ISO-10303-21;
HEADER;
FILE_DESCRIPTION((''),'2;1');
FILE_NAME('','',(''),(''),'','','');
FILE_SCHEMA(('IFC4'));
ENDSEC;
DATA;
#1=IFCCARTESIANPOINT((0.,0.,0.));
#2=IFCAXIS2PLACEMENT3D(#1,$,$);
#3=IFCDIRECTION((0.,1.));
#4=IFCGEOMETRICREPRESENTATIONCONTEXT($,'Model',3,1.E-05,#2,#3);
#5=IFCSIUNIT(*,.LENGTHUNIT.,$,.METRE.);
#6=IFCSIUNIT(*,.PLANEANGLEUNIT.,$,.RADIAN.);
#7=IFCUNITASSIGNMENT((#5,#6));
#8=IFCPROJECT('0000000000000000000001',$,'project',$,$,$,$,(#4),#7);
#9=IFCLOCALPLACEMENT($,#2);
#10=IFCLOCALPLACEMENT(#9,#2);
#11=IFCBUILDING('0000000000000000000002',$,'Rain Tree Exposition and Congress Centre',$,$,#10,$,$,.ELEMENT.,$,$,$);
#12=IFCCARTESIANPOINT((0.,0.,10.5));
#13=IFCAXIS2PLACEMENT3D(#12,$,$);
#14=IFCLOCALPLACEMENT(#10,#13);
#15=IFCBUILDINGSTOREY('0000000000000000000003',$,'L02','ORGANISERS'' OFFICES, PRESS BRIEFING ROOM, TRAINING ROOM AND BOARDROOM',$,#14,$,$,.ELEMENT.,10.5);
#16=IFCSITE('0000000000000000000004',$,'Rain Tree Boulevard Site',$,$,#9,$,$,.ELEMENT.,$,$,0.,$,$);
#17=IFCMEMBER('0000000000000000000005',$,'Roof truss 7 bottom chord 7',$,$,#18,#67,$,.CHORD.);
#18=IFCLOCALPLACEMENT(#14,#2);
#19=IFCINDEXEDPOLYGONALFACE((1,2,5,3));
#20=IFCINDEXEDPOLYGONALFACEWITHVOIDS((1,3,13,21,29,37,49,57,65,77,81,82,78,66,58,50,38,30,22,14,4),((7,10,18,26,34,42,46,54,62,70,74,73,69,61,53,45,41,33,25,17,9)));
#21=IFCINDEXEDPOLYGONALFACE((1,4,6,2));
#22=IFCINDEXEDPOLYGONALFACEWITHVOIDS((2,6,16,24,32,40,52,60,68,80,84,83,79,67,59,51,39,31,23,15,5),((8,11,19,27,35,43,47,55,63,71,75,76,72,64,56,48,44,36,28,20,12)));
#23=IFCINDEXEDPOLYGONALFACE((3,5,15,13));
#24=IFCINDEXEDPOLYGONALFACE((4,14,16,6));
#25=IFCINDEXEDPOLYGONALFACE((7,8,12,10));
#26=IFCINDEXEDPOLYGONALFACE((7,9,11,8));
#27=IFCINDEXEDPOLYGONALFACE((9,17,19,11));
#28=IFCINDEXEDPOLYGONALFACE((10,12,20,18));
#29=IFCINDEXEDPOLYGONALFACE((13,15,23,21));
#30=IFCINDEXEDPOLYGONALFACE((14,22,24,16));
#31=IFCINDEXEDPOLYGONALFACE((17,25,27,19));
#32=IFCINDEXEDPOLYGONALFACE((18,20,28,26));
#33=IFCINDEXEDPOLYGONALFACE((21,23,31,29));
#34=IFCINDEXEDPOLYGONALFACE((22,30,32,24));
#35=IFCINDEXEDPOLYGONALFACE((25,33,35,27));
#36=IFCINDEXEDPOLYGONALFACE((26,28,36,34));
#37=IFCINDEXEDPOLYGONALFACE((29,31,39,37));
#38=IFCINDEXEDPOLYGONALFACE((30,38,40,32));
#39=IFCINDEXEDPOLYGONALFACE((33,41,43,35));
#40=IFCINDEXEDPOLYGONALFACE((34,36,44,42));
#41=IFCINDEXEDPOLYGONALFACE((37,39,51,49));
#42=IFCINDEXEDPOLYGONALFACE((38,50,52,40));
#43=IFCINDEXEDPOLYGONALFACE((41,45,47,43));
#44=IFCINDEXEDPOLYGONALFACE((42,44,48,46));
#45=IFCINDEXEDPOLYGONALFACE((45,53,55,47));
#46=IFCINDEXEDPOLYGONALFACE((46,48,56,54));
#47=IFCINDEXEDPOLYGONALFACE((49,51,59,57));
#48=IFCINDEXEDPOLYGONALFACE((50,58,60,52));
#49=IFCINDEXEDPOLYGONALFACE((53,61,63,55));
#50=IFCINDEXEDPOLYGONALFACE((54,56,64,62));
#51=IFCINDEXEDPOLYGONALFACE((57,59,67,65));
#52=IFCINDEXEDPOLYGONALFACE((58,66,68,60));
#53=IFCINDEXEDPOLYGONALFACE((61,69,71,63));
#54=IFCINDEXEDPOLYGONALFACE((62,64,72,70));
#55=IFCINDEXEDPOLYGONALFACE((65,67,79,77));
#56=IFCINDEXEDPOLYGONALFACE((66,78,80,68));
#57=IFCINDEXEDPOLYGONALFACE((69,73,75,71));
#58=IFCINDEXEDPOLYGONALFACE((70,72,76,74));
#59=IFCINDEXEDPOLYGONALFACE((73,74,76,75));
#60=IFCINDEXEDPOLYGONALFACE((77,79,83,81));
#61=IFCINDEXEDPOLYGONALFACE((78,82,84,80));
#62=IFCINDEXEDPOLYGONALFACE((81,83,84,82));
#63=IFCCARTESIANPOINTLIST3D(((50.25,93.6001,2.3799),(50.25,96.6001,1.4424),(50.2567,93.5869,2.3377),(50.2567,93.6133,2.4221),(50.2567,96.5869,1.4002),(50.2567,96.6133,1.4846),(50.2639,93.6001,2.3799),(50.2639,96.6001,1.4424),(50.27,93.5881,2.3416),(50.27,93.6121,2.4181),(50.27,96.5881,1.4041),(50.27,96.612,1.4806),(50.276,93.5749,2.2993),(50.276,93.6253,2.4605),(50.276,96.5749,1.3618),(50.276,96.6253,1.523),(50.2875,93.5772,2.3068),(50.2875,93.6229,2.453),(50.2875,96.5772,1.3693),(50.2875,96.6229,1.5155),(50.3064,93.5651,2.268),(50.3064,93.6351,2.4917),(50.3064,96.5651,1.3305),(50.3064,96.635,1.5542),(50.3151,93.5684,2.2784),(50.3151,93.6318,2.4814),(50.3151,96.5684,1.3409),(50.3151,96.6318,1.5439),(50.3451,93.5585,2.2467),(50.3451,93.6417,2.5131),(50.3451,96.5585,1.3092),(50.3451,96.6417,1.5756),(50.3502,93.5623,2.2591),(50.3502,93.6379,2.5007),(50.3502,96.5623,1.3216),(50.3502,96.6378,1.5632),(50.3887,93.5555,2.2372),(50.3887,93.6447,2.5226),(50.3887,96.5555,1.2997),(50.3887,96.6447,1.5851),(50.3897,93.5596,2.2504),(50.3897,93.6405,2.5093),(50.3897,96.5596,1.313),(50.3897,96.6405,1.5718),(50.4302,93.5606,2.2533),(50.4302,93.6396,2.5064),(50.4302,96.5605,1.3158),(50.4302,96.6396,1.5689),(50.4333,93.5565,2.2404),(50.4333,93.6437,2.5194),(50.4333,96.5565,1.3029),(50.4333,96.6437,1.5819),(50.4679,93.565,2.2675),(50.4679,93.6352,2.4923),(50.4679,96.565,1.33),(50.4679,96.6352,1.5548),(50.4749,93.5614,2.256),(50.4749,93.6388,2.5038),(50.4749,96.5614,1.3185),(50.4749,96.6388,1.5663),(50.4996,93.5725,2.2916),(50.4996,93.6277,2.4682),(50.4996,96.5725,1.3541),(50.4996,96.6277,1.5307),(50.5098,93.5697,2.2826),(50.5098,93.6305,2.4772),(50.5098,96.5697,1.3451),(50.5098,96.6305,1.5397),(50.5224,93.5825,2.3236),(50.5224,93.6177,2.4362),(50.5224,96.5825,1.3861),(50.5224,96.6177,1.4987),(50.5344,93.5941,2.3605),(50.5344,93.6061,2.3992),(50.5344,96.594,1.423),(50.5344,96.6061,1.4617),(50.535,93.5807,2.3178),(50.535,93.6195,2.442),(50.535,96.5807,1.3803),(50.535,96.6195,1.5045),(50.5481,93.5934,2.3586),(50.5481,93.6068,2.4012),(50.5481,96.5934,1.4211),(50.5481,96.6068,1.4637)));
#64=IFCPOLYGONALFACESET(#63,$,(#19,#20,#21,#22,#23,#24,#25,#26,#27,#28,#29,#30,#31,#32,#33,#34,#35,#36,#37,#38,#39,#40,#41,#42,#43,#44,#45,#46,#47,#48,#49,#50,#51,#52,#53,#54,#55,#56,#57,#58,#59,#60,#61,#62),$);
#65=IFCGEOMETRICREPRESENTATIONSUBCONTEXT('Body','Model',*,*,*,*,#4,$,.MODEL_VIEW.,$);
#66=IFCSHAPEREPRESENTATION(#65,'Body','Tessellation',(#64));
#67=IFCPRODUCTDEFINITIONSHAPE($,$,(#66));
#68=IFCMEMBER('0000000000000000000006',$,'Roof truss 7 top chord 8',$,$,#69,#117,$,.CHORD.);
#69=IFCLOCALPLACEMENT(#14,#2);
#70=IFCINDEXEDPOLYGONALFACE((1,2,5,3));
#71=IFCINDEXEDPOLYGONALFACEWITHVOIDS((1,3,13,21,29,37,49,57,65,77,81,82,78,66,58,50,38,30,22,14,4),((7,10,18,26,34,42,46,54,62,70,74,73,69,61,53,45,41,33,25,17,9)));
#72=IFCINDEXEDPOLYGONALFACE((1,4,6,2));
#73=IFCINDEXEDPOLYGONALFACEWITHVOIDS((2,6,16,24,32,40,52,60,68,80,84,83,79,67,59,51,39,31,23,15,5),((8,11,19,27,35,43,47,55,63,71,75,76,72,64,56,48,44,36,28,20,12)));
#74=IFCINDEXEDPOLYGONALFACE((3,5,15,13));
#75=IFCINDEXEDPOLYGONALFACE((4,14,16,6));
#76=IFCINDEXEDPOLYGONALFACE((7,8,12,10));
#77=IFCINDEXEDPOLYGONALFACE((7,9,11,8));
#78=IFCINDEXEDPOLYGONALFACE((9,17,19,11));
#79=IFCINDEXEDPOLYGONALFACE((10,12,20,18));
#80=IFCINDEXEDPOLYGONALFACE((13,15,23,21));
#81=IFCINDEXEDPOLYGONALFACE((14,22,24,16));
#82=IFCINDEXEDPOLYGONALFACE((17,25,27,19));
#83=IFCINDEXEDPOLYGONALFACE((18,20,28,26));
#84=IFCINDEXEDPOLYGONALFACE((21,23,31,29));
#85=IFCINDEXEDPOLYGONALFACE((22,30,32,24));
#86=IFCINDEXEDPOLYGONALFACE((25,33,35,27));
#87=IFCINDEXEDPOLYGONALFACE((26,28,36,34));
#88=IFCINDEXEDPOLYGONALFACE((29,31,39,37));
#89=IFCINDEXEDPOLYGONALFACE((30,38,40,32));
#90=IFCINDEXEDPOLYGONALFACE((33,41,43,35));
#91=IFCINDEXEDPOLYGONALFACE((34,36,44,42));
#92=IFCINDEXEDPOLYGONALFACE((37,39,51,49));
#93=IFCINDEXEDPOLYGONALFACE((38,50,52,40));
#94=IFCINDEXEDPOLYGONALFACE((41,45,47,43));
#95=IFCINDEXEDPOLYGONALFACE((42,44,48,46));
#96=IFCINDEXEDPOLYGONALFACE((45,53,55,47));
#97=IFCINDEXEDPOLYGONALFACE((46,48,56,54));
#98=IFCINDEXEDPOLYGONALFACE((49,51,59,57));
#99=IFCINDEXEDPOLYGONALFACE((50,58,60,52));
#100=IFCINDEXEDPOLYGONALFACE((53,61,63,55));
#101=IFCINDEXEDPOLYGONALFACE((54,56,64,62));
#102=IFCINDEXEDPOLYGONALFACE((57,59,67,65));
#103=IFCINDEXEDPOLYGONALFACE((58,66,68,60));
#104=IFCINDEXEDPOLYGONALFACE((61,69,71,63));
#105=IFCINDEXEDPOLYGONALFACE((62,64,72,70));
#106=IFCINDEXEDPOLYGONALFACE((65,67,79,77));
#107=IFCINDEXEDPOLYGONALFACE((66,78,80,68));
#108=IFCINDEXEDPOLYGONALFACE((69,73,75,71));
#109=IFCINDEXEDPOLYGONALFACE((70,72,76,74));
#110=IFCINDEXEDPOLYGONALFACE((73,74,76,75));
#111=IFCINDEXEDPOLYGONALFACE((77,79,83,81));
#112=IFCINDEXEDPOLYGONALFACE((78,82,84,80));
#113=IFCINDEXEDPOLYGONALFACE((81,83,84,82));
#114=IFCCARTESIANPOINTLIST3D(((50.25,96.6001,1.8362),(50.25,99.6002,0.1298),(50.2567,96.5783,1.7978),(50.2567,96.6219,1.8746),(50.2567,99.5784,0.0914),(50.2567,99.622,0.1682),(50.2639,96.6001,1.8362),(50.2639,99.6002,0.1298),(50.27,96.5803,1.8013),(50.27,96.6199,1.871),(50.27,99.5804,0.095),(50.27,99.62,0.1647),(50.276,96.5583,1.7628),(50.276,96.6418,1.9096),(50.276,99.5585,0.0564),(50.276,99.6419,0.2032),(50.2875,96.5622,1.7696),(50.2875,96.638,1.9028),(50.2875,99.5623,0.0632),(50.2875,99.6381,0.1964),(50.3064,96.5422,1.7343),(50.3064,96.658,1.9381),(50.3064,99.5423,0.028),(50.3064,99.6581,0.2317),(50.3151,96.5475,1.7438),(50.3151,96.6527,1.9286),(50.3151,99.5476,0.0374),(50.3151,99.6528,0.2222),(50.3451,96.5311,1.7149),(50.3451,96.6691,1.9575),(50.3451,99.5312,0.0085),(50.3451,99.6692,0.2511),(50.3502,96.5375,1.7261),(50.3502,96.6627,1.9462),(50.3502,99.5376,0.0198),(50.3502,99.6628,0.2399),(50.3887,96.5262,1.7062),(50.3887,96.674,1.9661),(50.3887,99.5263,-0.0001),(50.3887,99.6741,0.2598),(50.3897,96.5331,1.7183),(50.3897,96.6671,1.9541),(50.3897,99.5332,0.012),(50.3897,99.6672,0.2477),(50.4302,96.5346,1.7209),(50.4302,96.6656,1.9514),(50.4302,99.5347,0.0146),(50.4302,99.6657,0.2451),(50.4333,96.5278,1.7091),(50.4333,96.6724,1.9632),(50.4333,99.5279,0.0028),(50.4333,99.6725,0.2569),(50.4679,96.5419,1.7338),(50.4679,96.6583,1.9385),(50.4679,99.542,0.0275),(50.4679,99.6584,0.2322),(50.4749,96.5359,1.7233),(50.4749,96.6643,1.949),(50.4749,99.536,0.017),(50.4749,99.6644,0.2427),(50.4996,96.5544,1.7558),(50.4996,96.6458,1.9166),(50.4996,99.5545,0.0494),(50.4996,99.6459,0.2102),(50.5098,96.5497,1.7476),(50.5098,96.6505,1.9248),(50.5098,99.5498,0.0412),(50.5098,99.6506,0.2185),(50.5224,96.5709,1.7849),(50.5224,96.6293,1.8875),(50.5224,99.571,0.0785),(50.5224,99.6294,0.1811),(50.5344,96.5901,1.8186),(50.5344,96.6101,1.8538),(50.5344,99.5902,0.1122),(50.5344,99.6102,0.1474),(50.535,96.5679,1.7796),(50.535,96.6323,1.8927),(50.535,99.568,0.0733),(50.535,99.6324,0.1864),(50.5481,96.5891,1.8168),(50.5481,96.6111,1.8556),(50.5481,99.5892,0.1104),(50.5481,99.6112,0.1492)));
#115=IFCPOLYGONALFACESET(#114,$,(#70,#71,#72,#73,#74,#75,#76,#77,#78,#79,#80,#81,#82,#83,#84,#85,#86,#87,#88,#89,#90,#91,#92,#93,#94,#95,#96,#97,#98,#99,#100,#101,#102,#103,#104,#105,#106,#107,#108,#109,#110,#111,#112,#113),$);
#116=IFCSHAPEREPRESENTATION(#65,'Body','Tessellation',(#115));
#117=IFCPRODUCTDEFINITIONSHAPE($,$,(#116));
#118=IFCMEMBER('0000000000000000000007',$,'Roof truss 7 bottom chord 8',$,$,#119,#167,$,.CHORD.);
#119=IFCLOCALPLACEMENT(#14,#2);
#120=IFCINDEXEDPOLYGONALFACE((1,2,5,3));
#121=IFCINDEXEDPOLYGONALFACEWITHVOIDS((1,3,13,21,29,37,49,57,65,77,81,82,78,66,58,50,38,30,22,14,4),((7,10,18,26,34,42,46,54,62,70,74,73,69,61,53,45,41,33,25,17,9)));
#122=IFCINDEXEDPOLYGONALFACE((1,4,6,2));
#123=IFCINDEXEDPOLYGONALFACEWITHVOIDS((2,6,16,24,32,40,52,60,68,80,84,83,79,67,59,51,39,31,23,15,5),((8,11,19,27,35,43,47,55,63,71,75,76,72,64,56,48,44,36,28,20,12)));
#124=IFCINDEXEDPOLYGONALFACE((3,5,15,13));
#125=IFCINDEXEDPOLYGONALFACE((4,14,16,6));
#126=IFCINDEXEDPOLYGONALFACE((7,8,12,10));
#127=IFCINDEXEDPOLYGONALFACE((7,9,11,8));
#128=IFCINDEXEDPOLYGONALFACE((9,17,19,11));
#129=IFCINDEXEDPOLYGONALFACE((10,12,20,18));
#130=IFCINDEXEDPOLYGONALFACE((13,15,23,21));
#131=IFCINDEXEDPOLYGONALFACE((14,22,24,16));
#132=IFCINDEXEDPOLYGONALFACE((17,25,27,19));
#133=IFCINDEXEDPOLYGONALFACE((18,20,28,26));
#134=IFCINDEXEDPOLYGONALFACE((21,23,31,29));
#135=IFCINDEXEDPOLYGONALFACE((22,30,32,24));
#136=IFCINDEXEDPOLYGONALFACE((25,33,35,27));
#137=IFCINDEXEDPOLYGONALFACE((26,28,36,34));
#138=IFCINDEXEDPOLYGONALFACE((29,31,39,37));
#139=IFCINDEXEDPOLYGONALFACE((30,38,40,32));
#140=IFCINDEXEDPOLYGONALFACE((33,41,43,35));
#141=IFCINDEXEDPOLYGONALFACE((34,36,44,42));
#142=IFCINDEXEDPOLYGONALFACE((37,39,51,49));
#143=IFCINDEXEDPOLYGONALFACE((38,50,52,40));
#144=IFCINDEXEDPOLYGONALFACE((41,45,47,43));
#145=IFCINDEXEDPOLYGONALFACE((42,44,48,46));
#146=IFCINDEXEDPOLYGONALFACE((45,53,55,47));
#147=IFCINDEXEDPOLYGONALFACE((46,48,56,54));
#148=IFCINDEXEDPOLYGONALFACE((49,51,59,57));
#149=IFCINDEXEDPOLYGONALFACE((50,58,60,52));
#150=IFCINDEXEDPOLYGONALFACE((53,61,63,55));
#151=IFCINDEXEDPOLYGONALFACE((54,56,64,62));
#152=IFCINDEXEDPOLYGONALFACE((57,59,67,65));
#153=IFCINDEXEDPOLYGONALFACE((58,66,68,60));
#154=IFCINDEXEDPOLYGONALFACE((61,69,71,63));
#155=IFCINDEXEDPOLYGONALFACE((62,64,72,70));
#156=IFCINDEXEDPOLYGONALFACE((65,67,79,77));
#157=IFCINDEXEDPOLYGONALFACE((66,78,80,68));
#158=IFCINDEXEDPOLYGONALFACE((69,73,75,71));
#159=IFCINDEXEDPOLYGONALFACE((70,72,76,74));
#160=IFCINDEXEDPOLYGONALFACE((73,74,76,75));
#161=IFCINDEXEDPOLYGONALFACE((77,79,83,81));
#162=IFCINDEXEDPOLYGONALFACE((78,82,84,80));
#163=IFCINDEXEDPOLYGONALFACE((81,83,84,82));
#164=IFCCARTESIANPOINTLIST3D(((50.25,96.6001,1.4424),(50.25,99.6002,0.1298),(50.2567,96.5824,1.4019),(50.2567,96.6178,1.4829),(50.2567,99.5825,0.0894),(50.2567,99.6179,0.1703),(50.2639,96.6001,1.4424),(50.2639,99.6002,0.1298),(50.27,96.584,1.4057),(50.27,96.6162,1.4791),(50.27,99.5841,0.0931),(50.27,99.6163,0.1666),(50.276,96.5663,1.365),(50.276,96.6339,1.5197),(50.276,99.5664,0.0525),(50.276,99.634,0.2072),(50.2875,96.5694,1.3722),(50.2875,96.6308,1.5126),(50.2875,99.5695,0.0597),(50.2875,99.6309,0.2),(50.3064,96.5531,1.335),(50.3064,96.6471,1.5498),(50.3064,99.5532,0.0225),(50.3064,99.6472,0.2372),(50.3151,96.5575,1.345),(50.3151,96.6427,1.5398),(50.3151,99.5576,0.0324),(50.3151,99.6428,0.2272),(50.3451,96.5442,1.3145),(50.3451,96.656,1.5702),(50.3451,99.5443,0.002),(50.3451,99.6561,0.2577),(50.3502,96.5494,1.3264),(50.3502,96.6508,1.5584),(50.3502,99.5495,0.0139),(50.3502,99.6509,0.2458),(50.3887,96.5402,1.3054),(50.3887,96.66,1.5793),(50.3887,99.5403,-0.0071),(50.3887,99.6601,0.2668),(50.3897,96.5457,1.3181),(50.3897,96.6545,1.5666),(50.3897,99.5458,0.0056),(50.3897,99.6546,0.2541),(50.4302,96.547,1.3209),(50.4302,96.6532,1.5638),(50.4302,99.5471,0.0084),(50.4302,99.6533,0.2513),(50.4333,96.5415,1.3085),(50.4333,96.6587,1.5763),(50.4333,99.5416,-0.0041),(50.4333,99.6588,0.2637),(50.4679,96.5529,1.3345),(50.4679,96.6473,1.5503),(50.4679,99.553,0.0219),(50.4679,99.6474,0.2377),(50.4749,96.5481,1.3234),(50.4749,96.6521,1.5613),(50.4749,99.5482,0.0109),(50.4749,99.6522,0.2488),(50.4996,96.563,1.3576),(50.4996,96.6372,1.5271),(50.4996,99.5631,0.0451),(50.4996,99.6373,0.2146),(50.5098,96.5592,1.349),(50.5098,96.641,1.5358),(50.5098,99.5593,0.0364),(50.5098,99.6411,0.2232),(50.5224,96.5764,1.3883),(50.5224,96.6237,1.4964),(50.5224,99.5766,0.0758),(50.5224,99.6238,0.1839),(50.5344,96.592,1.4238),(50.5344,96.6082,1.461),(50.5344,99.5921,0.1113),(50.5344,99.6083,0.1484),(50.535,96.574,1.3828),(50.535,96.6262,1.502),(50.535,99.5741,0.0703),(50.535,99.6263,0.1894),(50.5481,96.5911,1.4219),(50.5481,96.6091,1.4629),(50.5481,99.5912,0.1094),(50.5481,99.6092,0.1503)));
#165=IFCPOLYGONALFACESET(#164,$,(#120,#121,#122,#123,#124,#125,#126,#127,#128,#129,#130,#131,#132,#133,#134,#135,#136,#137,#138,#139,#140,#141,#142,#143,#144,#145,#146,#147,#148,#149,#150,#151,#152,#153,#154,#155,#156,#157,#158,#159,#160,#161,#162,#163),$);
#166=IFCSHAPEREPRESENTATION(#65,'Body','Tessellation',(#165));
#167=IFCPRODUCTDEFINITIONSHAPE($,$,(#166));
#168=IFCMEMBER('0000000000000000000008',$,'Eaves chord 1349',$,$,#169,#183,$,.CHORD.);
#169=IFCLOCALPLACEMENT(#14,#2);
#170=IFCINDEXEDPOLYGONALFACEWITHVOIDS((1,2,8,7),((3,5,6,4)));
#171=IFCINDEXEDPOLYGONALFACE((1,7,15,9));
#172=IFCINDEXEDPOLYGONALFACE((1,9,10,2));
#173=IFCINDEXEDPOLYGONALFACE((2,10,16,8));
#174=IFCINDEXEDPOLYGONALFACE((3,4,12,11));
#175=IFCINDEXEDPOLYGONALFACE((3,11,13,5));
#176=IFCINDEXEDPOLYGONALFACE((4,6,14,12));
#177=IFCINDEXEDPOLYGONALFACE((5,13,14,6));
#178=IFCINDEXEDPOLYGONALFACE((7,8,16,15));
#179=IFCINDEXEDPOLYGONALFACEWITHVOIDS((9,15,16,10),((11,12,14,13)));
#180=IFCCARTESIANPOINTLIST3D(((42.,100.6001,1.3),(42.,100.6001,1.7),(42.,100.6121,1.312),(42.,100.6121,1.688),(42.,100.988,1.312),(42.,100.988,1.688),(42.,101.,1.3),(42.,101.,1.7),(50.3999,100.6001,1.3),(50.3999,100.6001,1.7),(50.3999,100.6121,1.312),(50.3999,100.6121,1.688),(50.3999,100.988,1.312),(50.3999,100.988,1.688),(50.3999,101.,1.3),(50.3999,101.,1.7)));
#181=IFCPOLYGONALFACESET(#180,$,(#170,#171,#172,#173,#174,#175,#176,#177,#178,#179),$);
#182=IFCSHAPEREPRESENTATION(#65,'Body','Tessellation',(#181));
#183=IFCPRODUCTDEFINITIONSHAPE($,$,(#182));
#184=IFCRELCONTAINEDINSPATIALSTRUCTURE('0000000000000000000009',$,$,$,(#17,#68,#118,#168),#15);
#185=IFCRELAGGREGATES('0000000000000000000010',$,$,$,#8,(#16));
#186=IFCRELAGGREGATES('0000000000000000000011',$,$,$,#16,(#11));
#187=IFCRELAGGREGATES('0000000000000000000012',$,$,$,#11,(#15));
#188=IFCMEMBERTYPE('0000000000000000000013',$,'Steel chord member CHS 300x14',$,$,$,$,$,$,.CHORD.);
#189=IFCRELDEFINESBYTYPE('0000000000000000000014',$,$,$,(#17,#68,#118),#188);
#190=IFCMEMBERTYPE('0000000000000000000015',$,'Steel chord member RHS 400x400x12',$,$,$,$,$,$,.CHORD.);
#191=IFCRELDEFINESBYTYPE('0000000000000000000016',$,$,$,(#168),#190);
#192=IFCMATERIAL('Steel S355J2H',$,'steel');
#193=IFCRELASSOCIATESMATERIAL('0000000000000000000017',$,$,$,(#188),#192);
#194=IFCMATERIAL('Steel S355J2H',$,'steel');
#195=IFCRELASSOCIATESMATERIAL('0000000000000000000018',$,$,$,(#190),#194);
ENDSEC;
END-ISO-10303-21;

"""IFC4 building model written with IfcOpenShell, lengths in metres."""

from ifc_helpers import new_model, si_unit, direction, frame, origin, origin_2d, place, context, subcontext, project, spatial, hollow_rectangle, hollow_circle, extrude, material, material_profile, profile_set, type_object, element, save


model = new_model("IFC4")

# Units and contexts
model_context = context("Model", 3, precision=1e-05, world=origin(), true_north=direction((0.0, 1.0)))
body_context = subcontext(model_context, "Body", "Model", "MODEL_VIEW")
ifc_project = project(units=[si_unit("LENGTHUNIT", "METRE"), si_unit("PLANEANGLEUNIT", "RADIAN")], contexts=[model_context])

# Site, building, storey
site_placement = place(None, origin())
site = spatial("IfcSite", under=ifc_project, at=site_placement, Name="Rain Tree Boulevard Site", CompositionType="ELEMENT", RefElevation=0.0)
building_placement = place(site_placement, origin())
building = spatial("IfcBuilding", under=site, at=building_placement, Name="Rain Tree Exposition and Congress Centre", CompositionType="ELEMENT")
storey_placement = place(building_placement, frame((0.0, 0.0, 10.5)))
storey = spatial("IfcBuildingStorey", under=building, at=storey_placement, Name="L02", Description="ORGANISERS' OFFICES, PRESS BRIEFING ROOM, TRAINING ROOM AND BOARDROOM", CompositionType="ELEMENT", Elevation=10.5)

# Members
ifc_material_1 = material(Name="Steel S355J2H", Category="steel")
ifc_material_profile_1 = material_profile(ifc_material_1, hollow_circle(Radius=0.1499, WallThickness=0.0139, at=origin_2d()), Name="CHS 300x14")
ifc_profile_set_1 = profile_set([ifc_material_profile_1], Name="Steel S355J2H")
member_type_1 = type_object("IfcMemberType", Name="Steel chord member CHS 300x14", PredefinedType="CHORD", material=ifc_profile_set_1)
member_1_placement = place(storey_placement, frame((50.3999, 93.6001, 2.3799), z_axis=(0.0, 0.95448, -0.298275), x_axis=(-1.0, 0.0, 0.0)))
element("IfcMember", 1, at=member_1_placement, inside=storey, type_object=member_type_1, Name="Roof truss 7 bottom chord 7", PredefinedType="CHORD", context=body_context, shape_type="SweptSolid", body=[
    extrude(hollow_circle(Radius=0.1499, WallThickness=0.0139, at=origin_2d()), origin(), (0.0, 0.0, 1.0), 3.1431),
])
member_2_placement = place(storey_placement, frame((50.3999, 96.6001, 1.8362), z_axis=(0.0, 0.869238, -0.494393), x_axis=(-1.0, 0.0, 0.0)))
element("IfcMember", 2, at=member_2_placement, inside=storey, type_object=member_type_1, Name="Roof truss 7 top chord 8", PredefinedType="CHORD", context=body_context, shape_type="SweptSolid", body=[
    extrude(hollow_circle(Radius=0.1499, WallThickness=0.0139, at=origin_2d()), origin(), (0.0, 0.0, 1.0), 3.4514),
])
member_3_placement = place(storey_placement, frame((50.3999, 96.6001, 1.4424), z_axis=(0.0, 0.916157, -0.400819), x_axis=(-1.0, 0.0, 0.0)))
element("IfcMember", 3, at=member_3_placement, inside=storey, type_object=member_type_1, Name="Roof truss 7 bottom chord 8", PredefinedType="CHORD", context=body_context, shape_type="SweptSolid", body=[
    extrude(hollow_circle(Radius=0.1499, WallThickness=0.0139, at=origin_2d()), origin(), (0.0, 0.0, 1.0), 3.2747),
])
ifc_material_2 = material(Name="Steel S355J2H", Category="steel")
ifc_material_profile_2 = material_profile(ifc_material_2, hollow_rectangle(XDim=0.3999, YDim=0.3999, WallThickness=0.012, at=origin_2d()), Name="RHS 400x400x12")
ifc_profile_set_2 = profile_set([ifc_material_profile_2], Name="Steel S355J2H")
member_type_2 = type_object("IfcMemberType", Name="Steel chord member RHS 400x400x12", PredefinedType="CHORD", material=ifc_profile_set_2)
member_4_placement = place(storey_placement, frame((42.0, 100.8, 1.5), z_axis=(1.0, 0.0, 0.0), x_axis=(0.0, 1.0, 0.0)))
element("IfcMember", 4, at=member_4_placement, inside=storey, type_object=member_type_2, Name="Eaves chord 1349", PredefinedType="CHORD", context=body_context, shape_type="SweptSolid", body=[
    extrude(hollow_rectangle(XDim=0.3999, YDim=0.3999, WallThickness=0.012, at=origin_2d()), origin(), (0.0, 0.0, 1.0), 8.3999),
])

save(model, "model.ifc")
